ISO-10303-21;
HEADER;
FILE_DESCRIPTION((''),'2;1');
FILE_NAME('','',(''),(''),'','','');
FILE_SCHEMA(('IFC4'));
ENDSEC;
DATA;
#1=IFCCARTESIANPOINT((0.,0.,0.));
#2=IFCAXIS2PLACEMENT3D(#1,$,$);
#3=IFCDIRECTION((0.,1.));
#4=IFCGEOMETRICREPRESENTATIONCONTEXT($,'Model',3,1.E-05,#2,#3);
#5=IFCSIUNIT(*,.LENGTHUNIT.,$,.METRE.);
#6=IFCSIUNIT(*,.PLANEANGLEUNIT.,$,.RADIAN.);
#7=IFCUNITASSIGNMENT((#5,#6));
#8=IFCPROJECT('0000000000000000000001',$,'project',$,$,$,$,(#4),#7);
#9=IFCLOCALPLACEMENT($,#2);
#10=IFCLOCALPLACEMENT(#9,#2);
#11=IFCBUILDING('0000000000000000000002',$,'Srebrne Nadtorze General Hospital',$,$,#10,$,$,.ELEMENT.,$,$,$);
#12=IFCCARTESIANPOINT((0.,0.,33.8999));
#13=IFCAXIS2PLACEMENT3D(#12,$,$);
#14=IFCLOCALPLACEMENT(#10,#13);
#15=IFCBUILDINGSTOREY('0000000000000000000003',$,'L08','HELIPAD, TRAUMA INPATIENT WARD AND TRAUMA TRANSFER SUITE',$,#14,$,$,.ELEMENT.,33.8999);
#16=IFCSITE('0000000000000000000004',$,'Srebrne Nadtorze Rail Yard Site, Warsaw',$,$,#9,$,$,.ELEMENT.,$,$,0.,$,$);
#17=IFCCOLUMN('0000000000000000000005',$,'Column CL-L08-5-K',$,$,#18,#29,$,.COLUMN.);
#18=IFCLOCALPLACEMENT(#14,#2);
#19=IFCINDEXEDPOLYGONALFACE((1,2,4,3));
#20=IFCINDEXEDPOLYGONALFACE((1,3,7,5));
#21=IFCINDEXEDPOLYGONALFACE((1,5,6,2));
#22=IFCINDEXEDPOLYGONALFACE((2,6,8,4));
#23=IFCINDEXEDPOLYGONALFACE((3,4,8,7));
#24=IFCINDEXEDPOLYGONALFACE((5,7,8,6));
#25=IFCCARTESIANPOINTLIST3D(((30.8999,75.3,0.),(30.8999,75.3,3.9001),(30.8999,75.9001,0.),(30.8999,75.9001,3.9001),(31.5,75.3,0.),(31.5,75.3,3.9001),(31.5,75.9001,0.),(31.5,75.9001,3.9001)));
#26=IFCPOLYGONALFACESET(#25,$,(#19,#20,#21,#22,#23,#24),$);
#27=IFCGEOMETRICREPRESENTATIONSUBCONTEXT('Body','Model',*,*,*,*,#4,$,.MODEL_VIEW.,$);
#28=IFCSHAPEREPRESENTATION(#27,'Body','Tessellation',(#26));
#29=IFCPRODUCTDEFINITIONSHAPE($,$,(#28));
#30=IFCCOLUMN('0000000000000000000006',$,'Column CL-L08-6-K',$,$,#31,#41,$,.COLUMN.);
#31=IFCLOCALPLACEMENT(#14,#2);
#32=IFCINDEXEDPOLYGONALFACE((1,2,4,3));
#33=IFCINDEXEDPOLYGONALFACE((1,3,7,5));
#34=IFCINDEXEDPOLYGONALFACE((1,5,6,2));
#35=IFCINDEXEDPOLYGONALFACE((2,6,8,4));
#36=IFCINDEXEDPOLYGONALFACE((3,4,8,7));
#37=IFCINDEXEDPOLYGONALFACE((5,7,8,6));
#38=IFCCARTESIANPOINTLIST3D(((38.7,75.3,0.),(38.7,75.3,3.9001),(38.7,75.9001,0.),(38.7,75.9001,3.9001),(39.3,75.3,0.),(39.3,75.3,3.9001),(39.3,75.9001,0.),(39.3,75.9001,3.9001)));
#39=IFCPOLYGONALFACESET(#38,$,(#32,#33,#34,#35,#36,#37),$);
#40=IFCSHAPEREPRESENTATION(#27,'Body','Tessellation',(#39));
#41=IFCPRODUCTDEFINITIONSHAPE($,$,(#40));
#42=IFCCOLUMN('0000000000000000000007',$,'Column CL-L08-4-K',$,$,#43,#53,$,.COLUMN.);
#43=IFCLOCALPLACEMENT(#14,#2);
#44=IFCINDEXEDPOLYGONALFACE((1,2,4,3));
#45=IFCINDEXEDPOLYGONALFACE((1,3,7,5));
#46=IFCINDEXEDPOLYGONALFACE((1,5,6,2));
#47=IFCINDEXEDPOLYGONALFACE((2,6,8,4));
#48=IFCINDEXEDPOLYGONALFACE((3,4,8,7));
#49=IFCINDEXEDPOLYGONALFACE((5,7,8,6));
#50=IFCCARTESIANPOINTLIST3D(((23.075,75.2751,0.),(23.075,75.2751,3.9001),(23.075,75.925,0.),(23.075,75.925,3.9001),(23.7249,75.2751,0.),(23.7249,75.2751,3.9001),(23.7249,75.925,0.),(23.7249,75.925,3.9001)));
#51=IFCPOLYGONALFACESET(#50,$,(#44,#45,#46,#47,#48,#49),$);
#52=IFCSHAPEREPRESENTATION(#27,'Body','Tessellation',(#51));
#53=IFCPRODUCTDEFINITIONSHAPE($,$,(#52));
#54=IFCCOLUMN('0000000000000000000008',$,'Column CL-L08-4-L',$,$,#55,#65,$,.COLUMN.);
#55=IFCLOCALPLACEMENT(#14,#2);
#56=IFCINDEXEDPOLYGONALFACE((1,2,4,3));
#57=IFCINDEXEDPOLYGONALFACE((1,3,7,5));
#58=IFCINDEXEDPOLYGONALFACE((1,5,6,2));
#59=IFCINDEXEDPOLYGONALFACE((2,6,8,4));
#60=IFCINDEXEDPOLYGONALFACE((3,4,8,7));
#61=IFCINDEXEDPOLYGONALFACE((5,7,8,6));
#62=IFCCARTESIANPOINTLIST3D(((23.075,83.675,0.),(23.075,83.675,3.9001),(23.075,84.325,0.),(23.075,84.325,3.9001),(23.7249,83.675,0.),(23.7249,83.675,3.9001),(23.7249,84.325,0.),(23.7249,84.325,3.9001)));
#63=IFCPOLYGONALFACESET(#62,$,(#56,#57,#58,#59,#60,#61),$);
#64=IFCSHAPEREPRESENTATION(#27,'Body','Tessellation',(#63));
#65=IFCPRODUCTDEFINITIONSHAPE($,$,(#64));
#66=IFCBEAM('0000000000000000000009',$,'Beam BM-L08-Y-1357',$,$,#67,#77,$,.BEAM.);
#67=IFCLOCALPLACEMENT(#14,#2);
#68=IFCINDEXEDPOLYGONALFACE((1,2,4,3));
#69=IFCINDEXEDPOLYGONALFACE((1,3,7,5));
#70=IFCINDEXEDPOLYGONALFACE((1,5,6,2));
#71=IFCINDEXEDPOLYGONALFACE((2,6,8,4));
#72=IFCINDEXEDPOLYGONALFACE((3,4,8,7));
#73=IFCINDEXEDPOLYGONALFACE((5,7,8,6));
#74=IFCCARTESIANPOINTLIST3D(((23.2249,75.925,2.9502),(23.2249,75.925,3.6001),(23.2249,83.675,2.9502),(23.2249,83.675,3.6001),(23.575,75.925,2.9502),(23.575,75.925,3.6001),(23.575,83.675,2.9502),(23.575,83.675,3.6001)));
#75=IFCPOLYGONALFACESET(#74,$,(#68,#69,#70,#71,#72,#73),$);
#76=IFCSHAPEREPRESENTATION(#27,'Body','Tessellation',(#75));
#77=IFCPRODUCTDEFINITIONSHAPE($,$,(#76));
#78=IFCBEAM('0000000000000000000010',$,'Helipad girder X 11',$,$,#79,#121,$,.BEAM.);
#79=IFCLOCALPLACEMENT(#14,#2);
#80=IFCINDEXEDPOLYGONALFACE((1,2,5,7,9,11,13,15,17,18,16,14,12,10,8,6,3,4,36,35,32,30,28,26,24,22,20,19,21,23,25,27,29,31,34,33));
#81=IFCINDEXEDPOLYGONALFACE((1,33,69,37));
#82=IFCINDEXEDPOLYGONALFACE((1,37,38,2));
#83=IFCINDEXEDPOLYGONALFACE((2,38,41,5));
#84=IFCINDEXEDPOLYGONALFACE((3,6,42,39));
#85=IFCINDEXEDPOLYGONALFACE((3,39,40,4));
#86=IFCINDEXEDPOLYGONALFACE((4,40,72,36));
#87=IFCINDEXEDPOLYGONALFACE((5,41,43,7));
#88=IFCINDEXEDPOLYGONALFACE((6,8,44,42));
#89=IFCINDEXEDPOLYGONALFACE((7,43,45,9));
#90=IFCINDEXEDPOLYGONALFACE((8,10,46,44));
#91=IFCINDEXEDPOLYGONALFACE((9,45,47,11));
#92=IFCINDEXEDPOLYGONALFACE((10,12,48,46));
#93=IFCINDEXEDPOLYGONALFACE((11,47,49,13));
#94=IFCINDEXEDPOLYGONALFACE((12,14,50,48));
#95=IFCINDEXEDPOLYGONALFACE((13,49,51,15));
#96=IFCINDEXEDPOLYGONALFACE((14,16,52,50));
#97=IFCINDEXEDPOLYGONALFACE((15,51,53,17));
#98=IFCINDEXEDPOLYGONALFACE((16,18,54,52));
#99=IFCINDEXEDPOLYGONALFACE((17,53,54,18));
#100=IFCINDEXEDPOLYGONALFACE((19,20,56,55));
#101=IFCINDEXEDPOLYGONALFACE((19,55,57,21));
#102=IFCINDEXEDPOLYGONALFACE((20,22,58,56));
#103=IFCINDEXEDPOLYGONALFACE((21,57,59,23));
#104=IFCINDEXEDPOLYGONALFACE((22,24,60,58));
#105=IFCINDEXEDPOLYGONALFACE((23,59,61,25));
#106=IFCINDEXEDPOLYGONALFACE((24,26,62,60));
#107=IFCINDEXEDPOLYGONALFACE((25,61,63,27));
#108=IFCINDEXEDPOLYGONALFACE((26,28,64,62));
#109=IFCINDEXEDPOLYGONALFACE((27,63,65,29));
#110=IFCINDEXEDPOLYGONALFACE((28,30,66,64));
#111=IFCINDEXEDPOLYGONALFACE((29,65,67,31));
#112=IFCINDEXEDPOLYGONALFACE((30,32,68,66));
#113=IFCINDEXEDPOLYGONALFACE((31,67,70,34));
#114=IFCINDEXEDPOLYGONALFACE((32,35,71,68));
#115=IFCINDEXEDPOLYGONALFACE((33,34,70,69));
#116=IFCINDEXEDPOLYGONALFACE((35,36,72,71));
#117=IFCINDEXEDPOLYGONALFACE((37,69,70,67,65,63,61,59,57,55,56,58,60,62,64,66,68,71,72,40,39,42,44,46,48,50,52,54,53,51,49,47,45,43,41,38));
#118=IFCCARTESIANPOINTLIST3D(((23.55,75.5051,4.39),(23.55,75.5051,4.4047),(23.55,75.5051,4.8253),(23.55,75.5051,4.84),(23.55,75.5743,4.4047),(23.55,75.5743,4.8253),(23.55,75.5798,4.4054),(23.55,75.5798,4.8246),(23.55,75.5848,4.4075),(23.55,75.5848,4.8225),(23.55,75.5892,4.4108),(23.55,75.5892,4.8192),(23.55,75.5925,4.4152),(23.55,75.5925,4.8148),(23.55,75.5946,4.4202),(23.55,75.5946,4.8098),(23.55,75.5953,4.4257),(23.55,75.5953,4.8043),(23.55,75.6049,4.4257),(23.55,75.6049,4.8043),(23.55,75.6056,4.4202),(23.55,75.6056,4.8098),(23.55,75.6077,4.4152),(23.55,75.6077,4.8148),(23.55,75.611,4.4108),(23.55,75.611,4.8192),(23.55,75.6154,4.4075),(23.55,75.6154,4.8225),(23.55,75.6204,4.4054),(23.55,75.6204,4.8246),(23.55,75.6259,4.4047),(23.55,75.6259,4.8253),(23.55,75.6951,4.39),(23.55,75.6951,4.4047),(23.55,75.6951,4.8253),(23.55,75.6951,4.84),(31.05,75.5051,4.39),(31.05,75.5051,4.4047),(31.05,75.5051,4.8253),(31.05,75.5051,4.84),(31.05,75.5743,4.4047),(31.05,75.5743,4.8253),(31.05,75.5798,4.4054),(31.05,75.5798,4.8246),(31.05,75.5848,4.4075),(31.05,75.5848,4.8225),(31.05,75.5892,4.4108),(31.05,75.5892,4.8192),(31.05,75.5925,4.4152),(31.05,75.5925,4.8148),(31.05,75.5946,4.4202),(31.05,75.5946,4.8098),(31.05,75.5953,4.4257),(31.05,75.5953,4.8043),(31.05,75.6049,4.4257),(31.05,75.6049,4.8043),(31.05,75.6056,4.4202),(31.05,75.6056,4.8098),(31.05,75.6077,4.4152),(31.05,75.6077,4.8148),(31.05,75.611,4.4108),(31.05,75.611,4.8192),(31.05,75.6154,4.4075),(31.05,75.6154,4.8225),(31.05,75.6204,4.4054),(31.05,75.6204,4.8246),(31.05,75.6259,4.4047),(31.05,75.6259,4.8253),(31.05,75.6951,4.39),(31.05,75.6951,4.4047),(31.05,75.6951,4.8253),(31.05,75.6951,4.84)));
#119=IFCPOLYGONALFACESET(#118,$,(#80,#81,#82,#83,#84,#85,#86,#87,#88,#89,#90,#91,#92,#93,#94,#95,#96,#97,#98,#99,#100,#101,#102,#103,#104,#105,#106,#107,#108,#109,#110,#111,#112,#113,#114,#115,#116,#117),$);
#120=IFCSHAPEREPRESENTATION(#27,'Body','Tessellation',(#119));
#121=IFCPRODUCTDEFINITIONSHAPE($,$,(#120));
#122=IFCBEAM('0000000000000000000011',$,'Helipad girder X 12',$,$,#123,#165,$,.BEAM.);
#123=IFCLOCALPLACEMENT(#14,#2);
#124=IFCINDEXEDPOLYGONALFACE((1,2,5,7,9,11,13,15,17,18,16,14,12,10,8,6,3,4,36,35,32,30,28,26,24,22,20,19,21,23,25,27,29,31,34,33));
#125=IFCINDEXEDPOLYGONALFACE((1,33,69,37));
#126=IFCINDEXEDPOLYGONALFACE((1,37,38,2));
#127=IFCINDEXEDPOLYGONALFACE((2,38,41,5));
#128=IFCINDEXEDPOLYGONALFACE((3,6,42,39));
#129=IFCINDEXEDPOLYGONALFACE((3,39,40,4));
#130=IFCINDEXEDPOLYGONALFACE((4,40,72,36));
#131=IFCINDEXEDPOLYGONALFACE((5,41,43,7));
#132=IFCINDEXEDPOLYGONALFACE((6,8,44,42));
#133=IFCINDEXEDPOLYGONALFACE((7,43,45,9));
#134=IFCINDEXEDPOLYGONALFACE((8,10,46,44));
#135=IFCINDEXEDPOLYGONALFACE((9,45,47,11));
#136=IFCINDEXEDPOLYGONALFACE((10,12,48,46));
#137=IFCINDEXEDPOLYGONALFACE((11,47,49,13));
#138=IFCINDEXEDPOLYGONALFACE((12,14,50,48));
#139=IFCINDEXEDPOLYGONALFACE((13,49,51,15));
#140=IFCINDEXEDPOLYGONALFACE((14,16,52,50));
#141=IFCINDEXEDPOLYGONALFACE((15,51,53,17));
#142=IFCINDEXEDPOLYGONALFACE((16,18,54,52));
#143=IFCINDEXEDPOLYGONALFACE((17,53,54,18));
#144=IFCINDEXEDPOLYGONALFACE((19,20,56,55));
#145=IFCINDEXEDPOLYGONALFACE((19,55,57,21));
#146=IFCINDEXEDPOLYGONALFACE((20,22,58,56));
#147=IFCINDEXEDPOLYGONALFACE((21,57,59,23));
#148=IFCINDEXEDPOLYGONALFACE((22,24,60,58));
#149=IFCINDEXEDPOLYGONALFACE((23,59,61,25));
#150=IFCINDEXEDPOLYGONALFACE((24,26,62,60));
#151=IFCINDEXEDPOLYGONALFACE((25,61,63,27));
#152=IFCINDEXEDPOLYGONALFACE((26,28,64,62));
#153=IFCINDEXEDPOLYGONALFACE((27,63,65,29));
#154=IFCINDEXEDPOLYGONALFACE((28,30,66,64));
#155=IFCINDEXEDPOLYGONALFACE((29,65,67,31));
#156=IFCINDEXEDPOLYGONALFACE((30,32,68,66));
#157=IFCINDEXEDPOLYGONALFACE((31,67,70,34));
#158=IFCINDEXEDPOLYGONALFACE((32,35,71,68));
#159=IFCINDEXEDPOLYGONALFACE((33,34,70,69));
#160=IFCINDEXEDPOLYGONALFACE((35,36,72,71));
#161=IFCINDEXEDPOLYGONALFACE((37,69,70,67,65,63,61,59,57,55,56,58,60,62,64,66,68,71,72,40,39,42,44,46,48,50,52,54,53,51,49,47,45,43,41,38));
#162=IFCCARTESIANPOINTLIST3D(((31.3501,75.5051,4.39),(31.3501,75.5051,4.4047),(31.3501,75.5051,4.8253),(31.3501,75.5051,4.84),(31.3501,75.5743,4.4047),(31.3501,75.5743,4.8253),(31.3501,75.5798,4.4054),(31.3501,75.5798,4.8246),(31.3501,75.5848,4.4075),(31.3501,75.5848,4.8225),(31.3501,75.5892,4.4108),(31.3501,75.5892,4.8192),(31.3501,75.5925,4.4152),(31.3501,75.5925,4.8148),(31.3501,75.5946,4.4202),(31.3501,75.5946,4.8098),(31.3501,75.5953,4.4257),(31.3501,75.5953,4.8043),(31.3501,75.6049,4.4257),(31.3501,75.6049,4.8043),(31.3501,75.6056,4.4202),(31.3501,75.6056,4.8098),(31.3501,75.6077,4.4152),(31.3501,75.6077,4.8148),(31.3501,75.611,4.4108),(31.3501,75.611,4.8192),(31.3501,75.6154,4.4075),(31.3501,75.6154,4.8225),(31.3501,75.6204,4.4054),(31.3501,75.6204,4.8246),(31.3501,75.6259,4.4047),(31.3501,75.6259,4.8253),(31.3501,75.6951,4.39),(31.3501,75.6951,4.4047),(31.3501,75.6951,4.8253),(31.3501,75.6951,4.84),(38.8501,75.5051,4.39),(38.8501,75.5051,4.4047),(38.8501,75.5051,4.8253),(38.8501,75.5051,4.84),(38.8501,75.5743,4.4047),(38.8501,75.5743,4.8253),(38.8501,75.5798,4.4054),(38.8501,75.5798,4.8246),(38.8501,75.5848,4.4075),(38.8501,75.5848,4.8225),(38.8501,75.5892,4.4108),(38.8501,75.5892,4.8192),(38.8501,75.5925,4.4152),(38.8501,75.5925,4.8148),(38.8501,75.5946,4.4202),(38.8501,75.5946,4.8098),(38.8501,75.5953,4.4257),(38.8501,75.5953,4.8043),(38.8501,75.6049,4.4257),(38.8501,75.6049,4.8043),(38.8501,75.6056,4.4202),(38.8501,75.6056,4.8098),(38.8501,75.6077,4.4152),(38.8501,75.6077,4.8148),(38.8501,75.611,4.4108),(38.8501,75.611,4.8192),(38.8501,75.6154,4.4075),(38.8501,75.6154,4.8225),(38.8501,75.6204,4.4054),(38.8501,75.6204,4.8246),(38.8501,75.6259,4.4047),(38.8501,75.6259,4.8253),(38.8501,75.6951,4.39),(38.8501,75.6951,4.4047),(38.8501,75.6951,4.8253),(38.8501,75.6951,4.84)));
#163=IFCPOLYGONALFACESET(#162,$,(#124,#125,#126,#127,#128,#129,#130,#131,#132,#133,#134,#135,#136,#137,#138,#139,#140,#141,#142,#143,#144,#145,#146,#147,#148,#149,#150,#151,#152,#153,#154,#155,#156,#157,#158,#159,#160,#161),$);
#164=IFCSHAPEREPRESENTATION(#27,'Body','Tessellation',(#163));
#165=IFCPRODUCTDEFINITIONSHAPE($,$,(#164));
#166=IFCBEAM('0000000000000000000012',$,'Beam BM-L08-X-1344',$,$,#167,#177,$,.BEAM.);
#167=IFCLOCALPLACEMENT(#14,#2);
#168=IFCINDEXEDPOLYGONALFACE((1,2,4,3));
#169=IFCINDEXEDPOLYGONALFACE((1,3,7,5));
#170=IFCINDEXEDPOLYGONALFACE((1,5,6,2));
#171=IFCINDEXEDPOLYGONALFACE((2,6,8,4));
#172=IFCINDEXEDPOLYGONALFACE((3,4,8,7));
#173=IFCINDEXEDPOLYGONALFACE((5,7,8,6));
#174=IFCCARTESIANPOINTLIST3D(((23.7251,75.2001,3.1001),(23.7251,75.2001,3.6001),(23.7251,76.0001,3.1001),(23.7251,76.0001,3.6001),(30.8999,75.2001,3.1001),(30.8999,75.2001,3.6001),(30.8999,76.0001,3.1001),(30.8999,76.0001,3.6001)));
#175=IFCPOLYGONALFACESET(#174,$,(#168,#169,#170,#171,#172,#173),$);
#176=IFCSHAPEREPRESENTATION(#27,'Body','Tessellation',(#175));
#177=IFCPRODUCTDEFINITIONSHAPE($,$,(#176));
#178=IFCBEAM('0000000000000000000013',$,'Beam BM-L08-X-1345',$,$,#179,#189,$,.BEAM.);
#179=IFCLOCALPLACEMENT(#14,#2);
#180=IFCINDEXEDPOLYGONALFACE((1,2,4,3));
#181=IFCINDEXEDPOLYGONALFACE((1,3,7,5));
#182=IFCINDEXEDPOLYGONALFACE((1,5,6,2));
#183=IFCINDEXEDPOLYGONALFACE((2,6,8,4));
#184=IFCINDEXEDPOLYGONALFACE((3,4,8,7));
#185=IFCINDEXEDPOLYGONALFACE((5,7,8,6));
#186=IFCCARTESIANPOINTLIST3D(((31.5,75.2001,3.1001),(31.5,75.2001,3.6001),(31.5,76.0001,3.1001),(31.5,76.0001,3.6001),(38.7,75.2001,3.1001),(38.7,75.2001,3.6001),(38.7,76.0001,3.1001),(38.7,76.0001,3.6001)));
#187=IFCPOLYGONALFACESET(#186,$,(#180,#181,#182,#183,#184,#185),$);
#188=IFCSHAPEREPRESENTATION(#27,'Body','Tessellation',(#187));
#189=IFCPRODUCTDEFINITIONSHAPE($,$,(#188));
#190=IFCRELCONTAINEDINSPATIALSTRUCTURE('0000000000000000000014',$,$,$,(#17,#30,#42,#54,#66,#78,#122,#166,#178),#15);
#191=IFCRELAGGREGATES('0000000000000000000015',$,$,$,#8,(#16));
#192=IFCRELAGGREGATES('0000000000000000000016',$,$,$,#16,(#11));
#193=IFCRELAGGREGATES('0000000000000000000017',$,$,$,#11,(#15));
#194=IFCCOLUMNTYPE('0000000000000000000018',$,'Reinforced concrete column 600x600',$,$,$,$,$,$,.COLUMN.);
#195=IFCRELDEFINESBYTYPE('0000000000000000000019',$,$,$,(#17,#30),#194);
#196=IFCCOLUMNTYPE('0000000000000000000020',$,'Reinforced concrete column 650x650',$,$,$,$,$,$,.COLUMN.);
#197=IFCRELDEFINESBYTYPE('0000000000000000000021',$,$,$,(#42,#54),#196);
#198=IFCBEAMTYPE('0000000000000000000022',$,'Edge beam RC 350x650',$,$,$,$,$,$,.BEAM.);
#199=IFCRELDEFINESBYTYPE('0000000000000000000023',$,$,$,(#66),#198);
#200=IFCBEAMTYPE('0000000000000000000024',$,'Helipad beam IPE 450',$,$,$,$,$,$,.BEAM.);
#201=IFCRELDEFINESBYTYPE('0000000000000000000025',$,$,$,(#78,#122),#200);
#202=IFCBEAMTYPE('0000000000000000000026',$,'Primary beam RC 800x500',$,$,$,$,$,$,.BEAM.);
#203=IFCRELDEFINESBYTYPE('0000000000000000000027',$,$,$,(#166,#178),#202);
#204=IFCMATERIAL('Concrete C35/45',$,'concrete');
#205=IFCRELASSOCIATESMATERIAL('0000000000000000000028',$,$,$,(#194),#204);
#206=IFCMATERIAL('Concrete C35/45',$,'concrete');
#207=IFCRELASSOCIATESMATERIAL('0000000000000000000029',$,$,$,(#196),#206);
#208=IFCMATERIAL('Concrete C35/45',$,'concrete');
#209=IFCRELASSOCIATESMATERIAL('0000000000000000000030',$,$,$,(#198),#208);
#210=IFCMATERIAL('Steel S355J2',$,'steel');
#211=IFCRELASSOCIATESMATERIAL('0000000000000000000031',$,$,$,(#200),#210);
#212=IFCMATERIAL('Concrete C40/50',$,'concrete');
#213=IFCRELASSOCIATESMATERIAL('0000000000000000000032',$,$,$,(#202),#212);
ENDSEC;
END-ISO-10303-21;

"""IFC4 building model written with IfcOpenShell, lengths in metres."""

from ifc_helpers import new_model, si_unit, direction, frame, origin, origin_2d, place, context, subcontext, project, spatial, rectangle, i_section, extrude, material, material_profile, profile_set, type_object, element, save


model = new_model("IFC4")

# Units and contexts
model_context = context("Model", 3, precision=1e-05, world=origin(), true_north=direction((0.0, 1.0)))
body_context = subcontext(model_context, "Body", "Model", "MODEL_VIEW")
ifc_project = project(units=[si_unit("LENGTHUNIT", "METRE"), si_unit("PLANEANGLEUNIT", "RADIAN")], contexts=[model_context])

# Site, building, storey
site_placement = place(None, origin())
site = spatial("IfcSite", under=ifc_project, at=site_placement, Name="Srebrne Nadtorze Rail Yard Site, Warsaw", CompositionType="ELEMENT", RefElevation=0.0)
building_placement = place(site_placement, origin())
building = spatial("IfcBuilding", under=site, at=building_placement, Name="Srebrne Nadtorze General Hospital", CompositionType="ELEMENT")
storey_placement = place(building_placement, frame((0.0, 0.0, 33.8999)))
storey = spatial("IfcBuildingStorey", under=building, at=storey_placement, Name="L08", Description="HELIPAD, TRAUMA INPATIENT WARD AND TRAUMA TRANSFER SUITE", CompositionType="ELEMENT", Elevation=33.8999)

# Columns
ifc_material_1 = material(Name="Concrete C35/45", Category="concrete")
ifc_material_profile_1 = material_profile(ifc_material_1, rectangle(XDim=0.6001, YDim=0.6001, at=origin_2d()), Name="RC-COL-600x600")
ifc_profile_set_1 = profile_set([ifc_material_profile_1], Name="Concrete C35/45")
column_type_1 = type_object("IfcColumnType", Name="Reinforced concrete column 600x600", PredefinedType="COLUMN", material=ifc_profile_set_1)
for number, where, z_axis, x_axis, name in (
    (1, (31.2, 75.6001, 0.0), (0.0, 0.0, 1.0), (1.0, 0.0, 0.0), "Column CL-L08-5-K"),
    (2, (39.0, 75.6001, 0.0), (0.0, 0.0, 1.0), (1.0, 0.0, 0.0), "Column CL-L08-6-K"),
):
    element("IfcColumn", number, at=place(storey_placement, frame(where, z_axis=z_axis, x_axis=x_axis)), inside=storey, type_object=column_type_1, Name=name, PredefinedType="COLUMN", context=body_context, shape_type="SweptSolid", body=[
        extrude(rectangle(XDim=0.6001, YDim=0.6001, at=origin_2d()), origin(), (0.0, 0.0, 1.0), 3.9001),
    ])
ifc_material_2 = material(Name="Concrete C35/45", Category="concrete")
ifc_material_profile_2 = material_profile(ifc_material_2, rectangle(XDim=0.6499, YDim=0.6499, at=origin_2d()), Name="RC-COL-650x650")
ifc_profile_set_2 = profile_set([ifc_material_profile_2], Name="Concrete C35/45")
column_type_2 = type_object("IfcColumnType", Name="Reinforced concrete column 650x650", PredefinedType="COLUMN", material=ifc_profile_set_2)
for number, where, z_axis, x_axis, name in (
    (3, (23.3999, 75.6001, 0.0), (0.0, 0.0, 1.0), (1.0, 0.0, 0.0), "Column CL-L08-4-K"),
    (4, (23.3999, 84.0, 0.0), (0.0, 0.0, 1.0), (1.0, 0.0, 0.0), "Column CL-L08-4-L"),
):
    element("IfcColumn", number, at=place(storey_placement, frame(where, z_axis=z_axis, x_axis=x_axis)), inside=storey, type_object=column_type_2, Name=name, PredefinedType="COLUMN", context=body_context, shape_type="SweptSolid", body=[
        extrude(rectangle(XDim=0.6499, YDim=0.6499, at=origin_2d()), origin(), (0.0, 0.0, 1.0), 3.9001),
    ])

# Beams
ifc_material_3 = material(Name="Concrete C35/45", Category="concrete")
ifc_material_profile_3 = material_profile(ifc_material_3, rectangle(XDim=0.3501, YDim=0.6499, at=origin_2d()), Name="RC-BM-350x650")
ifc_profile_set_3 = profile_set([ifc_material_profile_3], Name="Concrete C35/45")
beam_type_1 = type_object("IfcBeamType", Name="Edge beam RC 350x650", PredefinedType="BEAM", material=ifc_profile_set_3)
beam_1_placement = place(storey_placement, frame((23.3999, 75.925, 3.2751), z_axis=(0.0, 1.0, 0.0), x_axis=(-1.0, 0.0, 0.0)))
element("IfcBeam", 5, at=beam_1_placement, inside=storey, type_object=beam_type_1, Name="Beam BM-L08-Y-1357", PredefinedType="BEAM", context=body_context, shape_type="SweptSolid", body=[
    extrude(rectangle(XDim=0.3501, YDim=0.6499, at=origin_2d()), origin(), (0.0, 0.0, 1.0), 7.75),
])
ifc_material_4 = material(Name="Steel S355J2", Category="steel")
ifc_material_profile_4 = material_profile(ifc_material_4, i_section(OverallWidth=0.1899, OverallDepth=0.45, WebThickness=0.0095, FlangeThickness=0.0146, FilletRadius=0.021, at=origin_2d()), Name="IPE-450")
ifc_profile_set_4 = profile_set([ifc_material_profile_4], Name="Steel S355J2")
beam_type_2 = type_object("IfcBeamType", Name="Helipad beam IPE 450", PredefinedType="BEAM", material=ifc_profile_set_4)
for number, where, z_axis, x_axis, name in (
    (6, (23.55, 75.6001, 4.615), (1.0, 0.0, 0.0), (0.0, 1.0, 0.0), "Helipad girder X 11"),
    (7, (31.3501, 75.6001, 4.615), (1.0, 0.0, 0.0), (0.0, 1.0, 0.0), "Helipad girder X 12"),
):
    element("IfcBeam", number, at=place(storey_placement, frame(where, z_axis=z_axis, x_axis=x_axis)), inside=storey, type_object=beam_type_2, Name=name, PredefinedType="BEAM", context=body_context, shape_type="SweptSolid", body=[
        extrude(i_section(OverallWidth=0.1899, OverallDepth=0.45, WebThickness=0.0095, FlangeThickness=0.0146, FilletRadius=0.021, at=origin_2d()), origin(), (0.0, 0.0, 1.0), 7.5),
    ])
ifc_material_5 = material(Name="Concrete C40/50", Category="concrete")
ifc_material_profile_5 = material_profile(ifc_material_5, rectangle(XDim=0.8, YDim=0.5, at=origin_2d()), Name="RC-BM-800x500")
ifc_profile_set_5 = profile_set([ifc_material_profile_5], Name="Concrete C40/50")
beam_type_3 = type_object("IfcBeamType", Name="Primary beam RC 800x500", PredefinedType="BEAM", material=ifc_profile_set_5)
beam_2_placement = place(storey_placement, frame((23.7251, 75.6001, 3.3501), z_axis=(1.0, 0.0, 0.0), x_axis=(0.0, 1.0, 0.0)))
element("IfcBeam", 8, at=beam_2_placement, inside=storey, type_object=beam_type_3, Name="Beam BM-L08-X-1344", PredefinedType="BEAM", context=body_context, shape_type="SweptSolid", body=[
    extrude(rectangle(XDim=0.8, YDim=0.5, at=origin_2d()), origin(), (0.0, 0.0, 1.0), 7.1748),
])
beam_3_placement = place(storey_placement, frame((31.5, 75.6001, 3.3501), z_axis=(1.0, 0.0, 0.0), x_axis=(0.0, 1.0, 0.0)))
element("IfcBeam", 9, at=beam_3_placement, inside=storey, type_object=beam_type_3, Name="Beam BM-L08-X-1345", PredefinedType="BEAM", context=body_context, shape_type="SweptSolid", body=[
    extrude(rectangle(XDim=0.8, YDim=0.5, at=origin_2d()), origin(), (0.0, 0.0, 1.0), 7.2),
])

save(model, "model.ifc")
